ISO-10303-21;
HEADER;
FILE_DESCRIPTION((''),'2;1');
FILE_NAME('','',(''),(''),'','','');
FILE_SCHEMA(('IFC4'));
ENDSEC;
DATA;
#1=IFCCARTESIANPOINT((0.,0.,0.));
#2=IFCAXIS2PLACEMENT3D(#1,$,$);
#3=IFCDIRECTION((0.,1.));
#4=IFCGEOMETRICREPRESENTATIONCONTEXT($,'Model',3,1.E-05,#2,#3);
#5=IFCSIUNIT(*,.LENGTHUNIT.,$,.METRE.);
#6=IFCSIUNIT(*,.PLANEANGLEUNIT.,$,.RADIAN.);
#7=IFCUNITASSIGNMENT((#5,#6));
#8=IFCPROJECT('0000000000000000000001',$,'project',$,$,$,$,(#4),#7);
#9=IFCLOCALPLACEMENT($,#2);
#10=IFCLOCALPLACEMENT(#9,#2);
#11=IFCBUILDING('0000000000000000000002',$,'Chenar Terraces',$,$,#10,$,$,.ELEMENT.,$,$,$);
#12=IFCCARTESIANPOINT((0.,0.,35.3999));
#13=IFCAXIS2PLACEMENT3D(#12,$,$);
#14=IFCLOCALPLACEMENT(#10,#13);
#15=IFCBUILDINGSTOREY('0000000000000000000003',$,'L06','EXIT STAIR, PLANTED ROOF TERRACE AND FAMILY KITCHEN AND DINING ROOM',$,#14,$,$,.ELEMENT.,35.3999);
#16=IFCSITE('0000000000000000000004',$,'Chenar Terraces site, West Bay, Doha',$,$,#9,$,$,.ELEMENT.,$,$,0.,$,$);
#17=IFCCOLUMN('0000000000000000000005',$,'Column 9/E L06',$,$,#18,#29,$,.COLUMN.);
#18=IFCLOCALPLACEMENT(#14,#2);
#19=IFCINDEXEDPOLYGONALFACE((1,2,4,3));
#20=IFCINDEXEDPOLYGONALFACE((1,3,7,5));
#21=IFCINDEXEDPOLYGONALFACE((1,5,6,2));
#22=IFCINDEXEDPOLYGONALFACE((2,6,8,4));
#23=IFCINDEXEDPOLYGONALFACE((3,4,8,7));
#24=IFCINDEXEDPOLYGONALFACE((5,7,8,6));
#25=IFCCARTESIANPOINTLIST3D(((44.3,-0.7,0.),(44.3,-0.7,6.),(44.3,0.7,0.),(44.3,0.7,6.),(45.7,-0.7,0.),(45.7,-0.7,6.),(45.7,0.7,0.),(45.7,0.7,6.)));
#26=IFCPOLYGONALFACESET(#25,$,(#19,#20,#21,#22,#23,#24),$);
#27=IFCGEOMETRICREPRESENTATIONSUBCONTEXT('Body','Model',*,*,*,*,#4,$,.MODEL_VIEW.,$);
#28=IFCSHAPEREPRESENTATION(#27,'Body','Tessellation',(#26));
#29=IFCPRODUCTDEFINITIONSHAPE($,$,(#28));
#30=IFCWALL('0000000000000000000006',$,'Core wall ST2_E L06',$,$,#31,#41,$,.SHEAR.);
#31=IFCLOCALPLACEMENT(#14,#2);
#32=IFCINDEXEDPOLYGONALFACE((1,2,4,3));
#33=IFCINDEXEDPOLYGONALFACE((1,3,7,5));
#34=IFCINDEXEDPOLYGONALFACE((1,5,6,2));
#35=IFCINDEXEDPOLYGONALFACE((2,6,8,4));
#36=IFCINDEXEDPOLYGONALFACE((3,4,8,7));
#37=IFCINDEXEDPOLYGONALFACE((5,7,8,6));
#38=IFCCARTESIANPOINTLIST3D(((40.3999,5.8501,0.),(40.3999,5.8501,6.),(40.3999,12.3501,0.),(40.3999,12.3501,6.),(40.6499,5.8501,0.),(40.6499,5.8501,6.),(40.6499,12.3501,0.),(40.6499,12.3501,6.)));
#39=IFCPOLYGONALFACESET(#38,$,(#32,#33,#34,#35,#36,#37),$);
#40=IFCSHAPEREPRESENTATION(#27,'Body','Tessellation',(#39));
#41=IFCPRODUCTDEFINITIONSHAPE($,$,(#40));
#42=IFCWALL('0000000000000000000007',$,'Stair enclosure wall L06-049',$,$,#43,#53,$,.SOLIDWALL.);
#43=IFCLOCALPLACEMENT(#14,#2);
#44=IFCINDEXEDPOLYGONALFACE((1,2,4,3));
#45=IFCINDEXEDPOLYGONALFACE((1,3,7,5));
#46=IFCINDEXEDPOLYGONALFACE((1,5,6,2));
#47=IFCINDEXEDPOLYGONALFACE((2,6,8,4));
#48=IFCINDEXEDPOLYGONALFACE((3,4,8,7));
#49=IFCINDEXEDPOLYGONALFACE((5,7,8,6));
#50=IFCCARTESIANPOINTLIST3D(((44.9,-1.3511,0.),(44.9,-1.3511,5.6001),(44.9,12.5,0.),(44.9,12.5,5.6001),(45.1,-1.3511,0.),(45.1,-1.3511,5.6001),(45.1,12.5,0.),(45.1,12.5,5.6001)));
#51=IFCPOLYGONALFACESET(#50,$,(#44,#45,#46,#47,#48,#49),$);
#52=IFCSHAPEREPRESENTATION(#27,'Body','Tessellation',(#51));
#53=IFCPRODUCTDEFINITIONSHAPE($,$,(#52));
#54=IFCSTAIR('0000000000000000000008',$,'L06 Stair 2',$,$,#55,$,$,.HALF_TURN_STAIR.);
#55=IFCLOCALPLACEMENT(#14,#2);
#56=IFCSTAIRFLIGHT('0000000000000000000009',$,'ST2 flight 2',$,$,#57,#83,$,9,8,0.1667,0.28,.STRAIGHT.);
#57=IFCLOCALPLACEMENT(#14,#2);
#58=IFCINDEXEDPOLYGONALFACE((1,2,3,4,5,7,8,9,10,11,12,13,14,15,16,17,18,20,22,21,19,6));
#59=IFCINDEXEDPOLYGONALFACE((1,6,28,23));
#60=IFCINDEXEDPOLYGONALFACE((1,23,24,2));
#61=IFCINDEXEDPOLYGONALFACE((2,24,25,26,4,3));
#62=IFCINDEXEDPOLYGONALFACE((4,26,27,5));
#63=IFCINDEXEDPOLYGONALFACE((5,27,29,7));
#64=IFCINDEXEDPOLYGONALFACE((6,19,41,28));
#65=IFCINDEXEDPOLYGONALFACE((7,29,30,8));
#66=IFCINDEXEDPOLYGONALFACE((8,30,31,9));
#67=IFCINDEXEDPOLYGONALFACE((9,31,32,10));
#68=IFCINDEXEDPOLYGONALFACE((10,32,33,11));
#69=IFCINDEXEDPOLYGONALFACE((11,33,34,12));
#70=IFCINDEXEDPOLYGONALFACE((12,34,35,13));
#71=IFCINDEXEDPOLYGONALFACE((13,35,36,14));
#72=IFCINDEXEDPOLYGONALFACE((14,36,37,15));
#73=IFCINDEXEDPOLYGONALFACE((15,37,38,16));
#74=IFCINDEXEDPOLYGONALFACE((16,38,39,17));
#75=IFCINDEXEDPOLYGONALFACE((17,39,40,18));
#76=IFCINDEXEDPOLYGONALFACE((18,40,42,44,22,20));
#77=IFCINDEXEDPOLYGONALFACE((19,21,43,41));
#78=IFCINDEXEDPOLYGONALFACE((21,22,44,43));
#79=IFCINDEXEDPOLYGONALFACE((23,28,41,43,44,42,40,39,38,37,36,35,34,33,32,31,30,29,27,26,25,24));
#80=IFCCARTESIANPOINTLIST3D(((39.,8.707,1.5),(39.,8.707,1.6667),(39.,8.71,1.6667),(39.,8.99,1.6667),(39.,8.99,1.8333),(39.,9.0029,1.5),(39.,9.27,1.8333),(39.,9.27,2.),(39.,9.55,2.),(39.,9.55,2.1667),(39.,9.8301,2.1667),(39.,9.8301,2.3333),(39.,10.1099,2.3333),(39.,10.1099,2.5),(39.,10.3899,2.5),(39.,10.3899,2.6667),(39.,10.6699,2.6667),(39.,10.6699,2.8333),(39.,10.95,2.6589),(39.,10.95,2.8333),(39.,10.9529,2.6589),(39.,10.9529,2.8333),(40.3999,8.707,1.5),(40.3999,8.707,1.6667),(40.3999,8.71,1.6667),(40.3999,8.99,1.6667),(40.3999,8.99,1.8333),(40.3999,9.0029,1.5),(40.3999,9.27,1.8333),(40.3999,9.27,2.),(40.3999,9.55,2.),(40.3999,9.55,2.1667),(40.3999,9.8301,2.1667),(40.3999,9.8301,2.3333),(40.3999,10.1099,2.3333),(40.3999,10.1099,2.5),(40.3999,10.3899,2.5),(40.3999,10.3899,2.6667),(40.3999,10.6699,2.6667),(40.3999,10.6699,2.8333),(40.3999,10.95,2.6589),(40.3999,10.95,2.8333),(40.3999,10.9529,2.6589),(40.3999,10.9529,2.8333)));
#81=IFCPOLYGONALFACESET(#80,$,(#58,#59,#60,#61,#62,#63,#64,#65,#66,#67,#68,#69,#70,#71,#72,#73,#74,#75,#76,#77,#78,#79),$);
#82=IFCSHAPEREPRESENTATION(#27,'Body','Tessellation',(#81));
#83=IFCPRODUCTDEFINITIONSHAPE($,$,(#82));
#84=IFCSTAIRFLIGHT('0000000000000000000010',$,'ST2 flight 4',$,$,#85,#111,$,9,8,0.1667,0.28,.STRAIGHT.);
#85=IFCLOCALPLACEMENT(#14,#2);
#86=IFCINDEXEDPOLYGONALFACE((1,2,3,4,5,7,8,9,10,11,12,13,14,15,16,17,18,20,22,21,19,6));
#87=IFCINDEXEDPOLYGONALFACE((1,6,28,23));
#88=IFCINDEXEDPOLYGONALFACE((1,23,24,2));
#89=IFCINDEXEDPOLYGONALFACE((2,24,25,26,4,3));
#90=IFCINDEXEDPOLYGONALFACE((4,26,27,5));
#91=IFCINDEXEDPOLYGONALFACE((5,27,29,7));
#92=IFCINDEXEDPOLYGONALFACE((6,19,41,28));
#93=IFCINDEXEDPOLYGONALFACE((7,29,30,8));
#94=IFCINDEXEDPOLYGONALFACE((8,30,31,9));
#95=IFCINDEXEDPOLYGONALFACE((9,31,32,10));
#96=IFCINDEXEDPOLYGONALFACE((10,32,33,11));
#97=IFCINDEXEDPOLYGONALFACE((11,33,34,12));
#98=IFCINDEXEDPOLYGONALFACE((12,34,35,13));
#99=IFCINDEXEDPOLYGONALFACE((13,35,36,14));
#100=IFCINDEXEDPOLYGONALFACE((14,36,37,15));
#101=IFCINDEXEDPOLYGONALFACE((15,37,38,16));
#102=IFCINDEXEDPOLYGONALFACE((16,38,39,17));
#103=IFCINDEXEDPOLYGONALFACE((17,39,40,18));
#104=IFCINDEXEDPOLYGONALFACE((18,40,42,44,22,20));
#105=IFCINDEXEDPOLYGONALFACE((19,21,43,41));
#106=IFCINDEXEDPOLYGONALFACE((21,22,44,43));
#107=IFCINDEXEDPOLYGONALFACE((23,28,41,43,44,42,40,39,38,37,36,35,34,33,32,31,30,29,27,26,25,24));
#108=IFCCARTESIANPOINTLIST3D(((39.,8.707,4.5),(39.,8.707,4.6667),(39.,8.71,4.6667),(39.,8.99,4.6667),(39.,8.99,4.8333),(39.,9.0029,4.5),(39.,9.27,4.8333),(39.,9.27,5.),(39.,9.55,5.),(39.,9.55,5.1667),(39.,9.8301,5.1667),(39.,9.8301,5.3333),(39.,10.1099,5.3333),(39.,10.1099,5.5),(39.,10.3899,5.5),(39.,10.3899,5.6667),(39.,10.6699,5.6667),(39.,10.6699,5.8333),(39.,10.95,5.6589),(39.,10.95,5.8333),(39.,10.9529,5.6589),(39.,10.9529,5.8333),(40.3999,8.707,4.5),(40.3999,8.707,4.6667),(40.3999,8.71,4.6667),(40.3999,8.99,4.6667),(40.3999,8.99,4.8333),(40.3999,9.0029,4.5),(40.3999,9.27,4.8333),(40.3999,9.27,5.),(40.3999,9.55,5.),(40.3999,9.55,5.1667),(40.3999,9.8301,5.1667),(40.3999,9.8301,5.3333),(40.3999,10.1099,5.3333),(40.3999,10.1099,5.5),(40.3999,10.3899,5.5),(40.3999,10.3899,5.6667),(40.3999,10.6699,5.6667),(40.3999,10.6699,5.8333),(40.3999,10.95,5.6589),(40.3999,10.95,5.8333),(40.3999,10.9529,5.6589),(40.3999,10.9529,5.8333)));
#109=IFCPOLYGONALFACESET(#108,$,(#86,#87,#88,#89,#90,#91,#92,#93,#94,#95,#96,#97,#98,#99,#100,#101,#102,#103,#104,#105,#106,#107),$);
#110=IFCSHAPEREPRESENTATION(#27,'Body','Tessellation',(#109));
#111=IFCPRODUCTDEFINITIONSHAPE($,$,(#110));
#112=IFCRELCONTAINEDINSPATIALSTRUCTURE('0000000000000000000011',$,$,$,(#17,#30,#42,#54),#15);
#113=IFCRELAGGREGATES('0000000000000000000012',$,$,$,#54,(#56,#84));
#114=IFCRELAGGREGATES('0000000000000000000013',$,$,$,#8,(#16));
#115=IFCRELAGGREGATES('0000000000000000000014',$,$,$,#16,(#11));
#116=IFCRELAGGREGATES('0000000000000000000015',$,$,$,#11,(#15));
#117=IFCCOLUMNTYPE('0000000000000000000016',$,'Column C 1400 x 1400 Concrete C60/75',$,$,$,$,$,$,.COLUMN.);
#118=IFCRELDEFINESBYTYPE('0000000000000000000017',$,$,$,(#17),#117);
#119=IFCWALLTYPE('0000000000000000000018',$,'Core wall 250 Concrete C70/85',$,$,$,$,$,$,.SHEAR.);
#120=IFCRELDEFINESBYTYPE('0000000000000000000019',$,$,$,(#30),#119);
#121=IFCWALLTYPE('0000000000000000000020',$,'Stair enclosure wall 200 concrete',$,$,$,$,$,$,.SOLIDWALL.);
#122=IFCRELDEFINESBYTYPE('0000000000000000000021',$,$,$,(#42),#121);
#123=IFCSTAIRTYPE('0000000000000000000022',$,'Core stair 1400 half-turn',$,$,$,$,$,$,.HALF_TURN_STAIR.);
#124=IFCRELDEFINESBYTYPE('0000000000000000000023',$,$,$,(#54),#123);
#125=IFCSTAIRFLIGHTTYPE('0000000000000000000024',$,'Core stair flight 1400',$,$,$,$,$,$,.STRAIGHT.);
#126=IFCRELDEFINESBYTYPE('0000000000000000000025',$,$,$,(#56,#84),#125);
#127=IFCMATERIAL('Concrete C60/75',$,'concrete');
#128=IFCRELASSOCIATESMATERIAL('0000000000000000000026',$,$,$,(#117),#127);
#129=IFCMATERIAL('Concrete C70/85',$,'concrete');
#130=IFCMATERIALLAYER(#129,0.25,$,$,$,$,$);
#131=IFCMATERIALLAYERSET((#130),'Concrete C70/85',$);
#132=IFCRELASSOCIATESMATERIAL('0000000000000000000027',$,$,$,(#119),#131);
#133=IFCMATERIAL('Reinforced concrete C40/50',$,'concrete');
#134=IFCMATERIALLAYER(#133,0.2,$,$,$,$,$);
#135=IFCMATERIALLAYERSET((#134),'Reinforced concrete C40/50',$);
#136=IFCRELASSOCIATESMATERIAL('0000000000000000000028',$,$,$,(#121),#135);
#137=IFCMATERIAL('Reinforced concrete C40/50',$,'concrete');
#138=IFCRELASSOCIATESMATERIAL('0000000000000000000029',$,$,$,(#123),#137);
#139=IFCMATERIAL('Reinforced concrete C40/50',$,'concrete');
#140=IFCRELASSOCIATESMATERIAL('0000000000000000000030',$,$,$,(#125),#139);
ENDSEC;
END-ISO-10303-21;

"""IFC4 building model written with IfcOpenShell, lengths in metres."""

from ifc_helpers import new_model, si_unit, direction, frame, frame_2d, origin, origin_2d, place, context, subcontext, project, spatial, polyline, rectangle, outline, extrude, material, layer, layer_set, material_profile, profile_set, type_object, element, aggregate, save


model = new_model("IFC4")

# Units and contexts
model_context = context("Model", 3, precision=1e-05, world=origin(), true_north=direction((0.0, 1.0)))
body_context = subcontext(model_context, "Body", "Model", "MODEL_VIEW")
ifc_project = project(units=[si_unit("LENGTHUNIT", "METRE"), si_unit("PLANEANGLEUNIT", "RADIAN")], contexts=[model_context])

# Site, building, storey
site_placement = place(None, origin())
site = spatial("IfcSite", under=ifc_project, at=site_placement, Name="Chenar Terraces site, West Bay, Doha", CompositionType="ELEMENT", RefElevation=0.0)
building_placement = place(site_placement, origin())
building = spatial("IfcBuilding", under=site, at=building_placement, Name="Chenar Terraces", CompositionType="ELEMENT")
storey_placement = place(building_placement, frame((0.0, 0.0, 35.3999)))
storey = spatial("IfcBuildingStorey", under=building, at=storey_placement, Name="L06", Description="EXIT STAIR, PLANTED ROOF TERRACE AND FAMILY KITCHEN AND DINING ROOM", CompositionType="ELEMENT", Elevation=35.3999)

# Column
ifc_material_1 = material(Name="Concrete C60/75", Category="concrete")
ifc_material_profile_1 = material_profile(ifc_material_1, rectangle(XDim=1.3999, YDim=1.3999, at=origin_2d()), Name="C 1400 x 1400")
ifc_profile_set_1 = profile_set([ifc_material_profile_1], Name="Concrete C60/75")
column_type = type_object("IfcColumnType", Name="Column C 1400 x 1400 Concrete C60/75", PredefinedType="COLUMN", material=ifc_profile_set_1)
column_placement = place(storey_placement, frame((45.0, 0.0, 0.0), z_axis=(0.0, 0.0, 1.0), x_axis=(1.0, 0.0, 0.0)))
element("IfcColumn", 1, at=column_placement, inside=storey, type_object=column_type, Name="Column 9/E L06", PredefinedType="COLUMN", context=body_context, shape_type="SweptSolid", body=[
    extrude(rectangle(XDim=1.3999, YDim=1.3999, at=origin_2d()), origin(), (0.0, 0.0, 1.0), 6.0),
])

# Walls
ifc_material_2 = material(Name="Concrete C70/85", Category="concrete")
ifc_layer_1 = layer(ifc_material_2, 0.25)
ifc_layer_set_1 = layer_set([ifc_layer_1], Name="Concrete C70/85")
wall_type_1 = type_object("IfcWallType", Name="Core wall 250 Concrete C70/85", PredefinedType="SHEAR", material=ifc_layer_set_1)
wall_1_placement = place(storey_placement, frame((40.5249, 5.8501, 0.0), z_axis=(0.0, 0.0, 1.0), x_axis=(0.0, 1.0, 0.0)))
element("IfcWall", 2, at=wall_1_placement, inside=storey, type_object=wall_type_1, Name="Core wall ST2_E L06", PredefinedType="SHEAR", context=body_context, shape_type="SweptSolid", body=[
    extrude(rectangle(XDim=6.5, YDim=0.25, at=frame_2d((3.25, 0.0))), origin(), (0.0, 0.0, 1.0), 6.0),
])
ifc_material_3 = material(Name="Reinforced concrete C40/50", Category="concrete")
ifc_layer_2 = layer(ifc_material_3, 0.2)
ifc_layer_set_2 = layer_set([ifc_layer_2], Name="Reinforced concrete C40/50")
wall_type_2 = type_object("IfcWallType", Name="Stair enclosure wall 200 concrete", PredefinedType="SOLIDWALL", material=ifc_layer_set_2)
wall_2_placement = place(storey_placement, frame((45.0, -1.3511, 0.0), z_axis=(0.0, 0.0, 1.0), x_axis=(0.0, 1.0, 0.0)))
element("IfcWall", 3, at=wall_2_placement, inside=storey, type_object=wall_type_2, Name="Stair enclosure wall L06-049", PredefinedType="SOLIDWALL", context=body_context, shape_type="SweptSolid", body=[
    extrude(rectangle(XDim=13.8511, YDim=0.2, at=frame_2d((6.9255, 0.0))), origin(), (0.0, 0.0, 1.0), 5.6001),
])

# Stair, stair flights
ifc_material_4 = material(Name="Reinforced concrete C40/50", Category="concrete")
stair_type = type_object("IfcStairType", Name="Core stair 1400 half-turn", PredefinedType="HALF_TURN_STAIR", material=ifc_material_4)
stair_placement = place(storey_placement, origin())
stair = element("IfcStair", 4, at=stair_placement, inside=storey, type_object=stair_type, Name="L06 Stair 2", PredefinedType="HALF_TURN_STAIR")
ifc_material_5 = material(Name="Reinforced concrete C40/50", Category="concrete")
stair_flight_type = type_object("IfcStairFlightType", Name="Core stair flight 1400", PredefinedType="STRAIGHT", material=ifc_material_5)
stair_flight_1_placement = place(storey_placement, frame((39.7, 8.71, 1.5), z_axis=(0.0, 0.0, 1.0), x_axis=(0.0, 1.0, 0.0)))
stair_flight_1 = element("IfcStairFlight", 5, at=stair_flight_1_placement, type_object=stair_flight_type, Name="ST2 flight 2", NumberOfRisers=9, NumberOfTreads=8, PredefinedType="STRAIGHT", RiserHeight=0.1667, TreadLength=0.28, context=body_context, shape_type="SweptSolid", body=[
    extrude(outline(polyline([(-0.0029, 0.0), (-0.0029, 0.1667), (0.0, 0.1667), (0.28, 0.1667), (0.28, 0.3333), (0.5601, 0.3333), (0.5601, 0.5), (0.8401, 0.5), (0.8401, 0.6667), (1.1201, 0.6667), (1.1201, 0.8333), (1.3999, 0.8333), (1.3999, 1.0), (1.6799, 1.0), (1.6799, 1.1667), (1.96, 1.1667), (1.96, 1.3333), (2.24, 1.3333), (2.2429, 1.3333), (2.2429, 1.1589), (2.24, 1.1589), (0.293, 0.0), (-0.0029, 0.0)])), frame((0.0, 0.7, 0.0), z_axis=(0.0, -1.0, 0.0), x_axis=(1.0, 0.0, 0.0)), (0.0, 0.0, 1.0), 1.3999),
])
stair_flight_2_placement = place(storey_placement, frame((39.7, 8.71, 4.5), z_axis=(0.0, 0.0, 1.0), x_axis=(0.0, 1.0, 0.0)))
stair_flight_2 = element("IfcStairFlight", 6, at=stair_flight_2_placement, type_object=stair_flight_type, Name="ST2 flight 4", NumberOfRisers=9, NumberOfTreads=8, PredefinedType="STRAIGHT", RiserHeight=0.1667, TreadLength=0.28, context=body_context, shape_type="SweptSolid", body=[
    extrude(outline(polyline([(-0.0029, 0.0), (-0.0029, 0.1667), (0.0, 0.1667), (0.28, 0.1667), (0.28, 0.3333), (0.5601, 0.3333), (0.5601, 0.5), (0.8401, 0.5), (0.8401, 0.6667), (1.1201, 0.6667), (1.1201, 0.8333), (1.3999, 0.8333), (1.3999, 1.0), (1.6799, 1.0), (1.6799, 1.1667), (1.96, 1.1667), (1.96, 1.3333), (2.24, 1.3333), (2.2429, 1.3333), (2.2429, 1.1589), (2.24, 1.1589), (0.293, 0.0), (-0.0029, 0.0)])), frame((0.0, 0.7, 0.0), z_axis=(0.0, -1.0, 0.0), x_axis=(1.0, 0.0, 0.0)), (0.0, 0.0, 1.0), 1.3999),
])
aggregate(stair, [stair_flight_1, stair_flight_2])

save(model, "model.ifc")
